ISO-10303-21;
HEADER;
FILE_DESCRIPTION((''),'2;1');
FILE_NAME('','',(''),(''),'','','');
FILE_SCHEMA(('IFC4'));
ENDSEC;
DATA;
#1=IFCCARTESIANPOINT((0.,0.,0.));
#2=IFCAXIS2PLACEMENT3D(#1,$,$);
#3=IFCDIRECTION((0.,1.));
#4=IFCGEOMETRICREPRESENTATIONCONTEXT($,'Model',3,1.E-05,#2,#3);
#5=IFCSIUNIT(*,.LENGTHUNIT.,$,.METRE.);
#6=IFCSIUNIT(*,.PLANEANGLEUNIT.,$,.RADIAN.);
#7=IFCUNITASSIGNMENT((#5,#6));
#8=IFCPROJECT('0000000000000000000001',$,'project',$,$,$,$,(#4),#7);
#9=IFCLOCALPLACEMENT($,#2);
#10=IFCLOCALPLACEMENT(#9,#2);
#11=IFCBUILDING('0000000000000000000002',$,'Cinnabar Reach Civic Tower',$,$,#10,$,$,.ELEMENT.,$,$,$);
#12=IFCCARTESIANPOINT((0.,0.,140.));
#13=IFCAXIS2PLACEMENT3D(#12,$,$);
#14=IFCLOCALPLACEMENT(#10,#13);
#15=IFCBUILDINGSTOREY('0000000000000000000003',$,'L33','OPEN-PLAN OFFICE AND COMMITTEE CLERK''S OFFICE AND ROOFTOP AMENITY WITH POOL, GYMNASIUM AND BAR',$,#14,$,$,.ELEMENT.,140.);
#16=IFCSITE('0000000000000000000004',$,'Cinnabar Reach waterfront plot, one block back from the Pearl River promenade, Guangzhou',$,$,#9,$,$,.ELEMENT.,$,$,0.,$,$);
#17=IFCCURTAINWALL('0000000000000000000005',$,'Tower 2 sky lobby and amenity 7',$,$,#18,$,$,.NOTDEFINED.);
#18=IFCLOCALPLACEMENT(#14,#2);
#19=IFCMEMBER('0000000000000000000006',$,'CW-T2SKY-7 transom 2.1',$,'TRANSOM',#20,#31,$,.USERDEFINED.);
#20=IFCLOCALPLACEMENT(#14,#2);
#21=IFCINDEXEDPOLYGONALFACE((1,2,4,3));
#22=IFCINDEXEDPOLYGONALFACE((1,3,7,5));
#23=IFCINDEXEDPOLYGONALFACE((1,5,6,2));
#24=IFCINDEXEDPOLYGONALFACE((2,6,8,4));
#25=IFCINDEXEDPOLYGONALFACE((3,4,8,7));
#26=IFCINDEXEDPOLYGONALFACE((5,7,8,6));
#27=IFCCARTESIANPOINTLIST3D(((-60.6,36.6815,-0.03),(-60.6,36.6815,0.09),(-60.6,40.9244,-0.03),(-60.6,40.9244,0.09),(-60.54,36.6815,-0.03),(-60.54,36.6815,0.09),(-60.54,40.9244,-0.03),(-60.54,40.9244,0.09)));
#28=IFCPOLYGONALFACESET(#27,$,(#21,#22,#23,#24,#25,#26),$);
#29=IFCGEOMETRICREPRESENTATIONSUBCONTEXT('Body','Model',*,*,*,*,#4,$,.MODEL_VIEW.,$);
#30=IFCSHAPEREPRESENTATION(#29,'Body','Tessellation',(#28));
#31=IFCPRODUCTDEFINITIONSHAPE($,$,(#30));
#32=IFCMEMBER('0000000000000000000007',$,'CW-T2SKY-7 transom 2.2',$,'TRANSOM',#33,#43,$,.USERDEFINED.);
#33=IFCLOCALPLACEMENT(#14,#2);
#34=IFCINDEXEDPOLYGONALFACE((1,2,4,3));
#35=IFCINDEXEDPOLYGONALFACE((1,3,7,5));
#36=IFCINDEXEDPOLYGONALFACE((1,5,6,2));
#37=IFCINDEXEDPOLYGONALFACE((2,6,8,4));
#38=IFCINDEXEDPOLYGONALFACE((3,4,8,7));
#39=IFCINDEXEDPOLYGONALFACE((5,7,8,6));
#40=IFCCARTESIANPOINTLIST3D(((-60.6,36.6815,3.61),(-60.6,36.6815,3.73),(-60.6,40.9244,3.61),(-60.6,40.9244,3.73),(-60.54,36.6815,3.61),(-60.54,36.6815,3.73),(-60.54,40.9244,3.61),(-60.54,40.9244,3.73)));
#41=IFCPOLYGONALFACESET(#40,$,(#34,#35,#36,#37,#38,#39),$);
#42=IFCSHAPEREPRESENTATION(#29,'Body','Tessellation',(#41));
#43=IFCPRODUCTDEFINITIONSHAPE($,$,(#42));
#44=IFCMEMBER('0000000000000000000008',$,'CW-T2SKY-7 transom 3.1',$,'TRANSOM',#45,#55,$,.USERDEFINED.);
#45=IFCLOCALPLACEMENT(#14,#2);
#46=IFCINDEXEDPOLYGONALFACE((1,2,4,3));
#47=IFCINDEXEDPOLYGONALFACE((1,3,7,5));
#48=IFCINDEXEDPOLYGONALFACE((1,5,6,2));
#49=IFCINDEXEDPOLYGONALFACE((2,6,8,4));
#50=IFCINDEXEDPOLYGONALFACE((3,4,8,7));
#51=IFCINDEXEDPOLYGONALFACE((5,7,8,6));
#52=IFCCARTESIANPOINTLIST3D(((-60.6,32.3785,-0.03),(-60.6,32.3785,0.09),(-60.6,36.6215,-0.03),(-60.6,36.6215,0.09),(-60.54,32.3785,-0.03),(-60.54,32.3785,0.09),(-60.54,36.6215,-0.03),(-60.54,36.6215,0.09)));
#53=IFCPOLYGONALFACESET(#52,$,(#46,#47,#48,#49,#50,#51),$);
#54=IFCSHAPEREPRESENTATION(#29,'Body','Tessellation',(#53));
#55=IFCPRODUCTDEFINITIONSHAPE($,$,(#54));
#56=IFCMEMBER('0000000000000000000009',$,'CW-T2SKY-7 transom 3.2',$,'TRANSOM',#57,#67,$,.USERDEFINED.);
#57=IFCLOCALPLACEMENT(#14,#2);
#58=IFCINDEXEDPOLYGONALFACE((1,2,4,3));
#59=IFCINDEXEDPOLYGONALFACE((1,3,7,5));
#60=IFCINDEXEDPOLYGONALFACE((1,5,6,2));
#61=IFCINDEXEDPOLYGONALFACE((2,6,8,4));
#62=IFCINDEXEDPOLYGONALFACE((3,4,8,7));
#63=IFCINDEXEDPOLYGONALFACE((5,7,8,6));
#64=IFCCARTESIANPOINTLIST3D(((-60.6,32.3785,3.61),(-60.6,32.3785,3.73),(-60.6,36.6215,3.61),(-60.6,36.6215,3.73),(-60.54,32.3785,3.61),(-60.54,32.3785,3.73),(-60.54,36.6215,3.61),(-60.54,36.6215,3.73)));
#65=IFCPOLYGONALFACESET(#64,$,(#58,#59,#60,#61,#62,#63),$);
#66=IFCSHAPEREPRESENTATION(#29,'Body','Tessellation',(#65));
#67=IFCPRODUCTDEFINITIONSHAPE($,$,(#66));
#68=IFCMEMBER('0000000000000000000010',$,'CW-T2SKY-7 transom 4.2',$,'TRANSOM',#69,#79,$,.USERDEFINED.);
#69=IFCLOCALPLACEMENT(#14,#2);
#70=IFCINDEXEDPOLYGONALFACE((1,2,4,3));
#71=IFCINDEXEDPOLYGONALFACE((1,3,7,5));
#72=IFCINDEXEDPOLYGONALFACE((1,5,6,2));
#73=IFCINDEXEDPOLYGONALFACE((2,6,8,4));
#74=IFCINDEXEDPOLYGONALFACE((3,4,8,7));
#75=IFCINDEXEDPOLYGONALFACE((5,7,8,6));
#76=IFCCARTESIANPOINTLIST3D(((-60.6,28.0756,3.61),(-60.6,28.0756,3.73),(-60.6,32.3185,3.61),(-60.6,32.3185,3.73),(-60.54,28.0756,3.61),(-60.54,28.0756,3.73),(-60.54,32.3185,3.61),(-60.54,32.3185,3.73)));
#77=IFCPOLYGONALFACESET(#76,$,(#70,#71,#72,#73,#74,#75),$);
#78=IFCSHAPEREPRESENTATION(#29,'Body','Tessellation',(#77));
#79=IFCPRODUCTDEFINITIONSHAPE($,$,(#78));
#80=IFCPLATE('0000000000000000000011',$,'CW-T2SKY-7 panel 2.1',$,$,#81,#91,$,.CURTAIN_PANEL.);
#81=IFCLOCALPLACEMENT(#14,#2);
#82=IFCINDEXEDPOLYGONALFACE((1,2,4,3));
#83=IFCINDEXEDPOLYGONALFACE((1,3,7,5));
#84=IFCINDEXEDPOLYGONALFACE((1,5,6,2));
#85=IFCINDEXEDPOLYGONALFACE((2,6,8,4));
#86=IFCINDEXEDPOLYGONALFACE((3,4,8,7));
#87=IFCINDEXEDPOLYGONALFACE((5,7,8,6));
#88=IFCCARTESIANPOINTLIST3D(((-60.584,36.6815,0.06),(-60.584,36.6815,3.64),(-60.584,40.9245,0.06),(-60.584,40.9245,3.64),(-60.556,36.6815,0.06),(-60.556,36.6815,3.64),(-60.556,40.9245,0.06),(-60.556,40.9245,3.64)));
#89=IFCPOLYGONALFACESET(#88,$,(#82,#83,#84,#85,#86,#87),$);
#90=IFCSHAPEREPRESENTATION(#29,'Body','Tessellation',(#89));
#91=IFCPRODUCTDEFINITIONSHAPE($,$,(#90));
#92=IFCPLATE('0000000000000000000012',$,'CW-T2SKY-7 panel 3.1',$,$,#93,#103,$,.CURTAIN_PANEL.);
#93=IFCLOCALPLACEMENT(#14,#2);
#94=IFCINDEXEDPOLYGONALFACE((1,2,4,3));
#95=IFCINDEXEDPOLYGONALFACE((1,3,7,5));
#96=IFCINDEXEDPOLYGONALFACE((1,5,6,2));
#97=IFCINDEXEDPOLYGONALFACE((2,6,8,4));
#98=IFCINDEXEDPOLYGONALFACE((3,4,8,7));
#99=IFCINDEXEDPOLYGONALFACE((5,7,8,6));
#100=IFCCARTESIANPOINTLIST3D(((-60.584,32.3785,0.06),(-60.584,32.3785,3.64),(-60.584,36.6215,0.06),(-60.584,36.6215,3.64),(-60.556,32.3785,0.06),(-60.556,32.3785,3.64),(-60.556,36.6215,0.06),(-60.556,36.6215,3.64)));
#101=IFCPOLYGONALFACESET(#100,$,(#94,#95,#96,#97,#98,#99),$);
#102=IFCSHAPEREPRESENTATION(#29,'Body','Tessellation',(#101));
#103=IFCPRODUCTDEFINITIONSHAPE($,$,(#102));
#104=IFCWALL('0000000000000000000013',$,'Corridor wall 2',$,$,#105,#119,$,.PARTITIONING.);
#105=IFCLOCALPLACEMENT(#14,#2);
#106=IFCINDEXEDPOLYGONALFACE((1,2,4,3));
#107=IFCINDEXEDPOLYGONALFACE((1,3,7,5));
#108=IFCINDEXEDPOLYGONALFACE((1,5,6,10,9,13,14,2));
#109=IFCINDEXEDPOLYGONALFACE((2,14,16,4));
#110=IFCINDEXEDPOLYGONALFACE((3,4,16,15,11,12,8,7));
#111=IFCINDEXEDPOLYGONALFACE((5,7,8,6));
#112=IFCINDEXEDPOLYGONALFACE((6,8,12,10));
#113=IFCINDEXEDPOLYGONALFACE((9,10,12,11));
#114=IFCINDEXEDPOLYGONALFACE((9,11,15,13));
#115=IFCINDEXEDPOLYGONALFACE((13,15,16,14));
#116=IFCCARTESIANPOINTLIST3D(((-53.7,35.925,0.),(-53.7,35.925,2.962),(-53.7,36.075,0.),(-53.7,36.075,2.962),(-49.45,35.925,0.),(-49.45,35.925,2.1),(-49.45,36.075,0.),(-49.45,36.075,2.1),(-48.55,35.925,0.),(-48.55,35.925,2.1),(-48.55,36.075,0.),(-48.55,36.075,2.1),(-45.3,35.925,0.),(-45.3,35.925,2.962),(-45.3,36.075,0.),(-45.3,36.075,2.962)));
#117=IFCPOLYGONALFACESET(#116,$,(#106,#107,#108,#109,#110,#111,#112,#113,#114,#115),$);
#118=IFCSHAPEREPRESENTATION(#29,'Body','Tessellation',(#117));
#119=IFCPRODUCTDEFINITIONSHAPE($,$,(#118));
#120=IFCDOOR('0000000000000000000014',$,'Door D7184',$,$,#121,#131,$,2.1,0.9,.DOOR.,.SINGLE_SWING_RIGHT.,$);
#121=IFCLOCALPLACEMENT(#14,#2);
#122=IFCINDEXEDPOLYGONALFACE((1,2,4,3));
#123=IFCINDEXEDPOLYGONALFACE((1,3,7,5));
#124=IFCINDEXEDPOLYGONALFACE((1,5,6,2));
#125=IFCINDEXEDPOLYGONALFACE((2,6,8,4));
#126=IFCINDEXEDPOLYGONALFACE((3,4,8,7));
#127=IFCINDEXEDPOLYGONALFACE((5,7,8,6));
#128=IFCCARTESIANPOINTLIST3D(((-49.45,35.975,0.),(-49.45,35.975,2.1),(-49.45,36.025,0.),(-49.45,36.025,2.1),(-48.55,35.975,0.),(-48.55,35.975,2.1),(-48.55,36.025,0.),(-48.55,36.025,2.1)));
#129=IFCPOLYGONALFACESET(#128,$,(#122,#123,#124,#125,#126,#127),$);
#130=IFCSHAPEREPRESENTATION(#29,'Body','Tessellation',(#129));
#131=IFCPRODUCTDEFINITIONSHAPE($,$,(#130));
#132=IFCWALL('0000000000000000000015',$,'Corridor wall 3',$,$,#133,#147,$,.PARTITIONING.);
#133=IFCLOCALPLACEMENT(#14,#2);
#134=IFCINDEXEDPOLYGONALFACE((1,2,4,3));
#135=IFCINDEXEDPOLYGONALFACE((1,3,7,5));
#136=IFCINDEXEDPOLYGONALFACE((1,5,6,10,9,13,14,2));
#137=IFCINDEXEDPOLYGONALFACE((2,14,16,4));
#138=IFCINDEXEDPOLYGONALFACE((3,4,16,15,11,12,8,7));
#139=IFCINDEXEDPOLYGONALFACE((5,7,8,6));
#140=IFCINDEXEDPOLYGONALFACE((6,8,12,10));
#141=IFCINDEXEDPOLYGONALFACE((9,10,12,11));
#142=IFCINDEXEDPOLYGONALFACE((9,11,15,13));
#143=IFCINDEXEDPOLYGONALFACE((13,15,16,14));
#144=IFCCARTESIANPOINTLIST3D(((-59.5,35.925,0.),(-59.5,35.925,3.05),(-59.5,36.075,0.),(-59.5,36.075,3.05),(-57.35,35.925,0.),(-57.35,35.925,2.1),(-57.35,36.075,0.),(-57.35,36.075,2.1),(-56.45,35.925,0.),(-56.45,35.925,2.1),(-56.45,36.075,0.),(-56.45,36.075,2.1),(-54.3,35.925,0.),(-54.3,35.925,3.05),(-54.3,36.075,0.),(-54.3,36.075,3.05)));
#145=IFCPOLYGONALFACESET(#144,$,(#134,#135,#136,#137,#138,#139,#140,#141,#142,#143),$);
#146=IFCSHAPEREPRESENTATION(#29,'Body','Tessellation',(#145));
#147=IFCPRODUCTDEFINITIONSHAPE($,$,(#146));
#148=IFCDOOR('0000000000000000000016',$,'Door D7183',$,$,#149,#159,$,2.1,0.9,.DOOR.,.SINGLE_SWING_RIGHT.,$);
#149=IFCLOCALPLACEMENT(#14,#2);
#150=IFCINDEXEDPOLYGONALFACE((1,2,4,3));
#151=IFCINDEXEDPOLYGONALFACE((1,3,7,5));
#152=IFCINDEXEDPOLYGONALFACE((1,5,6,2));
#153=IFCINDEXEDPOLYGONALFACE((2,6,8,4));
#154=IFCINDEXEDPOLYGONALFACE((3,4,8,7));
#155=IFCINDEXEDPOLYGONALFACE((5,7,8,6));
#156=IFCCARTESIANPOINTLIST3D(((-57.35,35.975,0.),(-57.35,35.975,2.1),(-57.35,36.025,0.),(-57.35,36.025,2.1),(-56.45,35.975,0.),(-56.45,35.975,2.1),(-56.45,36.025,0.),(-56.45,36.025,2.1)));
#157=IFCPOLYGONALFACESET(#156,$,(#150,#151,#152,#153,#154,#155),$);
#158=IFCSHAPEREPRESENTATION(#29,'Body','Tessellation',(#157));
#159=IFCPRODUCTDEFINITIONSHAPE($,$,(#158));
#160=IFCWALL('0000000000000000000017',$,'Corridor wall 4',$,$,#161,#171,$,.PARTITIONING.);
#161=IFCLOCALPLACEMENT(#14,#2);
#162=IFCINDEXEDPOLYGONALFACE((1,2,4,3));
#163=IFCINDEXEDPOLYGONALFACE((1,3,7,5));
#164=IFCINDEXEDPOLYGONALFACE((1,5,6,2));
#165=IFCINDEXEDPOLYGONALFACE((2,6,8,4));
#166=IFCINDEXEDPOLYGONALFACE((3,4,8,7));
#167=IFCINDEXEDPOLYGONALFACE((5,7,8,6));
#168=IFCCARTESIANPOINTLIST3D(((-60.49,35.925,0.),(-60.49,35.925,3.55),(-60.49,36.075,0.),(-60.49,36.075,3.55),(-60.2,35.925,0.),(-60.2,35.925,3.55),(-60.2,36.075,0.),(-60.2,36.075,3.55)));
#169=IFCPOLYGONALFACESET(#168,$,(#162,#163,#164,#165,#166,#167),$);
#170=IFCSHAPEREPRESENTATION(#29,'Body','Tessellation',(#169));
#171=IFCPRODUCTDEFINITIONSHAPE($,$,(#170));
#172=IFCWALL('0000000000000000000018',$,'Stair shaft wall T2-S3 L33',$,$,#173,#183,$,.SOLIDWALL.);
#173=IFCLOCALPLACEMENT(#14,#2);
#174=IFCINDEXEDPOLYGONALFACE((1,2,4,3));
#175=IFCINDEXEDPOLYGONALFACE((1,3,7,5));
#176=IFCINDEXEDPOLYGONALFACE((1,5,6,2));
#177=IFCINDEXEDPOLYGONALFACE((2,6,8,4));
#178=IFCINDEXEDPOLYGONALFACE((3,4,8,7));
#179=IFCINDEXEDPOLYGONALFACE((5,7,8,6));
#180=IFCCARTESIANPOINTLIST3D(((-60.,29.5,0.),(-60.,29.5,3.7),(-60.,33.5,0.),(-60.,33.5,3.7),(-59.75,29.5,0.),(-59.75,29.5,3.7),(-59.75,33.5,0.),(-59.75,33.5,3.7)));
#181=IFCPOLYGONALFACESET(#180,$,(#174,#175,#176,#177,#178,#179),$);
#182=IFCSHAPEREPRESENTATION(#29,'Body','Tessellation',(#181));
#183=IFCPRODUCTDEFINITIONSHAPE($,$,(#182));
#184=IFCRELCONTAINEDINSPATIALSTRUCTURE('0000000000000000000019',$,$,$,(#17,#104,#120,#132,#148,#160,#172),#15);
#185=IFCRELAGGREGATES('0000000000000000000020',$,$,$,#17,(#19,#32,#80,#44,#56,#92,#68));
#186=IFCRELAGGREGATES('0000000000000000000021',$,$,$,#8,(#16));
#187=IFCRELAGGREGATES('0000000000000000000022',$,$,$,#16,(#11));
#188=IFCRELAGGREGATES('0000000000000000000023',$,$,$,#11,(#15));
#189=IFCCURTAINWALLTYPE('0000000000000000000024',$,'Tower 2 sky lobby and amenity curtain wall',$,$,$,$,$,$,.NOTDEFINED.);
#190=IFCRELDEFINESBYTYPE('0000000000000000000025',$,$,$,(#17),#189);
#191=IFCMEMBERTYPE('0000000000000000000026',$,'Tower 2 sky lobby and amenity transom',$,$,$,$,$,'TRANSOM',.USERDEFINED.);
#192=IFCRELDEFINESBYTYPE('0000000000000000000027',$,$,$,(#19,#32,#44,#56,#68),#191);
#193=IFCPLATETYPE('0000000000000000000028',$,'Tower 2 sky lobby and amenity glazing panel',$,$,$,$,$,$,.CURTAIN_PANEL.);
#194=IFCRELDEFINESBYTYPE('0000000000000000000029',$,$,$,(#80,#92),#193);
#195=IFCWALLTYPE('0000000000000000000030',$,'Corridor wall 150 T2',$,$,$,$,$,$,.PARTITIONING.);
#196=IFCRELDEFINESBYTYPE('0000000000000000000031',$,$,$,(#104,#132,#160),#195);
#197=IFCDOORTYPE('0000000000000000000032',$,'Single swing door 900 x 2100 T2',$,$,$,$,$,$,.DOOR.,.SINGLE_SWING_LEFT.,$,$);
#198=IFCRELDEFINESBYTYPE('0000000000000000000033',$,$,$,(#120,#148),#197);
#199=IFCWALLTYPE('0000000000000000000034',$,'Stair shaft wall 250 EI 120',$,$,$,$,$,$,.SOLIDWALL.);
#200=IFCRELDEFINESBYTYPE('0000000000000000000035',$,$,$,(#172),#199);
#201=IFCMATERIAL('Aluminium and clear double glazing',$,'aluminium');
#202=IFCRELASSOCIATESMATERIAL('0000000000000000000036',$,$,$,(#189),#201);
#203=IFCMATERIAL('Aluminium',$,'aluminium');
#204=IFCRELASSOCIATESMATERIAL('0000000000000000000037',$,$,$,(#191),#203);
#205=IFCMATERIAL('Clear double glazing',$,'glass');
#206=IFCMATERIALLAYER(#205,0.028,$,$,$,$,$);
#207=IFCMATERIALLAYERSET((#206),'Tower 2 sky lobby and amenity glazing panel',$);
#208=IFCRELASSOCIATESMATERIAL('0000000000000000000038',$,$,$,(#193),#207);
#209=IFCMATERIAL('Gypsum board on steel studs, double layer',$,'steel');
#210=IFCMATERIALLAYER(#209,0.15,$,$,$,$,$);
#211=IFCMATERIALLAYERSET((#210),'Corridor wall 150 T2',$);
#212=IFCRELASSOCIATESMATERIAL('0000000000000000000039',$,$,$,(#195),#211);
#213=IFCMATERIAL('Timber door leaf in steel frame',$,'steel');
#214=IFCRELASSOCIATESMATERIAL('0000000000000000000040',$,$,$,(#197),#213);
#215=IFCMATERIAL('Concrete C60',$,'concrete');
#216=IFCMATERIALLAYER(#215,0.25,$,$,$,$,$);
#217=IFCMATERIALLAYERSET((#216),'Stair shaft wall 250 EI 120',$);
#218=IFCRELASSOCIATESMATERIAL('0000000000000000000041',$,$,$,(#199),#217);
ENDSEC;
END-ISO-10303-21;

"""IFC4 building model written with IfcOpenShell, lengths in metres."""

from ifc_helpers import new_model, si_unit, direction, frame, frame_2d, origin, origin_2d, place, context, subcontext, project, spatial, rectangle, extrude, material, layer, layer_set, material_profile, profile_set, type_object, element, fill, aggregate, save


model = new_model("IFC4")

# Units and contexts
model_context = context("Model", 3, precision=1e-05, world=origin(), true_north=direction((0.0, 1.0)))
body_context = subcontext(model_context, "Body", "Model", "MODEL_VIEW")
ifc_project = project(units=[si_unit("LENGTHUNIT", "METRE"), si_unit("PLANEANGLEUNIT", "RADIAN")], contexts=[model_context])

# Site, building, storey
site_placement = place(None, origin())
site = spatial("IfcSite", under=ifc_project, at=site_placement, Name="Cinnabar Reach waterfront plot, one block back from the Pearl River promenade, Guangzhou", CompositionType="ELEMENT", RefElevation=0.0)
building_placement = place(site_placement, origin())
building = spatial("IfcBuilding", under=site, at=building_placement, Name="Cinnabar Reach Civic Tower", CompositionType="ELEMENT")
storey_placement = place(building_placement, frame((0.0, 0.0, 140.0)))
storey = spatial("IfcBuildingStorey", under=building, at=storey_placement, Name="L33", Description="OPEN-PLAN OFFICE AND COMMITTEE CLERK'S OFFICE AND ROOFTOP AMENITY WITH POOL, GYMNASIUM AND BAR", CompositionType="ELEMENT", Elevation=140.0)

# Shared definitions
ifc_material_1 = material(Name="Concrete C60", Category="concrete")

# Curtain wall, members, plates
ifc_material_2 = material(Name="Aluminium and clear double glazing", Category="aluminium")
curtain_wall_type = type_object("IfcCurtainWallType", Name="Tower 2 sky lobby and amenity curtain wall", PredefinedType="NOTDEFINED", material=ifc_material_2)
curtain_wall_placement = place(storey_placement, origin())
curtain_wall = element("IfcCurtainWall", 1, at=curtain_wall_placement, inside=storey, type_object=curtain_wall_type, Name="Tower 2 sky lobby and amenity 7", PredefinedType="NOTDEFINED")
ifc_material_3 = material(Name="Aluminium", Category="aluminium")
ifc_material_profile_1 = material_profile(ifc_material_3, rectangle(XDim=0.06, YDim=0.12, at=origin_2d()), Name="Tower 2 sky lobby and amenity transom")
ifc_profile_set_1 = profile_set([ifc_material_profile_1], Name="Aluminium")
member_type_1 = type_object("IfcMemberType", Name="Tower 2 sky lobby and amenity transom", ElementType="TRANSOM", PredefinedType="USERDEFINED", material=ifc_profile_set_1)
member_1_placement = place(storey_placement, frame((-60.57, 40.9244, 0.03), z_axis=(0.0, -1.0, 0.0), x_axis=(1.0, 0.0, 0.0)))
member_1 = element("IfcMember", 2, at=member_1_placement, type_object=member_type_1, Name="CW-T2SKY-7 transom 2.1", ObjectType="TRANSOM", PredefinedType="USERDEFINED", context=body_context, shape_type="SweptSolid", body=[
    extrude(rectangle(XDim=0.06, YDim=0.12, at=origin_2d()), origin(), (0.0, 0.0, 1.0), 4.2429),
])
member_2_placement = place(storey_placement, frame((-60.57, 40.9244, 3.67), z_axis=(0.0, -1.0, 0.0), x_axis=(1.0, 0.0, 0.0)))
member_2 = element("IfcMember", 3, at=member_2_placement, type_object=member_type_1, Name="CW-T2SKY-7 transom 2.2", ObjectType="TRANSOM", PredefinedType="USERDEFINED", context=body_context, shape_type="SweptSolid", body=[
    extrude(rectangle(XDim=0.06, YDim=0.12, at=origin_2d()), origin(), (0.0, 0.0, 1.0), 4.2429),
])
member_3_placement = place(storey_placement, frame((-60.57, 36.6215, 0.03), z_axis=(0.0, -1.0, 0.0), x_axis=(1.0, 0.0, 0.0)))
member_3 = element("IfcMember", 4, at=member_3_placement, type_object=member_type_1, Name="CW-T2SKY-7 transom 3.1", ObjectType="TRANSOM", PredefinedType="USERDEFINED", context=body_context, shape_type="SweptSolid", body=[
    extrude(rectangle(XDim=0.06, YDim=0.12, at=origin_2d()), origin(), (0.0, 0.0, 1.0), 4.243),
])
member_4_placement = place(storey_placement, frame((-60.57, 36.6215, 3.67), z_axis=(0.0, -1.0, 0.0), x_axis=(1.0, 0.0, 0.0)))
member_4 = element("IfcMember", 5, at=member_4_placement, type_object=member_type_1, Name="CW-T2SKY-7 transom 3.2", ObjectType="TRANSOM", PredefinedType="USERDEFINED", context=body_context, shape_type="SweptSolid", body=[
    extrude(rectangle(XDim=0.06, YDim=0.12, at=origin_2d()), origin(), (0.0, 0.0, 1.0), 4.243),
])
member_5_placement = place(storey_placement, frame((-60.57, 32.3185, 3.67), z_axis=(0.0, -1.0, 0.0), x_axis=(1.0, 0.0, 0.0)))
member_5 = element("IfcMember", 6, at=member_5_placement, type_object=member_type_1, Name="CW-T2SKY-7 transom 4.2", ObjectType="TRANSOM", PredefinedType="USERDEFINED", context=body_context, shape_type="SweptSolid", body=[
    extrude(rectangle(XDim=0.06, YDim=0.12, at=origin_2d()), origin(), (0.0, 0.0, 1.0), 4.2429),
])
ifc_material_4 = material(Name="Clear double glazing", Category="glass")
ifc_layer_1 = layer(ifc_material_4, 0.028)
ifc_layer_set_1 = layer_set([ifc_layer_1], Name="Tower 2 sky lobby and amenity glazing panel")
plate_type = type_object("IfcPlateType", Name="Tower 2 sky lobby and amenity glazing panel", PredefinedType="CURTAIN_PANEL", material=ifc_layer_set_1)
plate_1_placement = place(storey_placement, frame((-60.57, 38.803, 0.06), z_axis=(0.0, 0.0, 1.0), x_axis=(0.0, -1.0, 0.0)))
plate_1 = element("IfcPlate", 7, at=plate_1_placement, type_object=plate_type, Name="CW-T2SKY-7 panel 2.1", PredefinedType="CURTAIN_PANEL", context=body_context, shape_type="SweptSolid", body=[
    extrude(rectangle(XDim=4.243, YDim=0.028, at=origin_2d()), origin(), (0.0, 0.0, 1.0), 3.58),
])
plate_2_placement = place(storey_placement, frame((-60.57, 34.5, 0.06), z_axis=(0.0, 0.0, 1.0), x_axis=(0.0, -1.0, 0.0)))
plate_2 = element("IfcPlate", 8, at=plate_2_placement, type_object=plate_type, Name="CW-T2SKY-7 panel 3.1", PredefinedType="CURTAIN_PANEL", context=body_context, shape_type="SweptSolid", body=[
    extrude(rectangle(XDim=4.243, YDim=0.028, at=origin_2d()), origin(), (0.0, 0.0, 1.0), 3.58),
])
aggregate(curtain_wall, [member_1, member_2, plate_1, member_3, member_4, plate_2, member_5])

# Walls, openings, doors
ifc_material_5 = material(Name="Gypsum board on steel studs, double layer", Category="steel")
ifc_layer_2 = layer(ifc_material_5, 0.15)
ifc_layer_set_2 = layer_set([ifc_layer_2], Name="Corridor wall 150 T2")
wall_type_1 = type_object("IfcWallType", Name="Corridor wall 150 T2", PredefinedType="PARTITIONING", material=ifc_layer_set_2)
wall_1_placement = place(storey_placement, frame((-53.7, 36.0, 0.0), z_axis=(0.0, 0.0, 1.0), x_axis=(1.0, 0.0, 0.0)))
wall_1 = element("IfcWall", 9, at=wall_1_placement, inside=storey, type_object=wall_type_1, Name="Corridor wall 2", PredefinedType="PARTITIONING", context=body_context, shape_type="SweptSolid", body=[
    extrude(rectangle(XDim=8.4, YDim=0.15, at=frame_2d((4.2, 0.0))), origin(), (0.0, 0.0, 1.0), 2.962),
])
opening_1_placement = place(wall_1_placement, frame((4.25, 0.0, 0.0)))
opening_1 = element("IfcOpeningElement", 10, at=opening_1_placement, cuts=wall_1, PredefinedType="OPENING", context=body_context, shape_type="SweptSolid", body=[
    extrude(rectangle(XDim=0.9, YDim=2.1, at=frame_2d((0.45, 1.05))), frame((0.0, 0.085, 0.0), z_axis=(0.0, -1.0, 0.0), x_axis=(1.0, 0.0, 0.0)), (0.0, 0.0, 1.0), 0.17),
])
ifc_material_6 = material(Name="Timber door leaf in steel frame", Category="steel")
door_type = type_object("IfcDoorType", Name="Single swing door 900 x 2100 T2", OperationType="SINGLE_SWING_LEFT", PredefinedType="DOOR", material=ifc_material_6)
door_1_placement = place(opening_1_placement, origin())
door_1 = element("IfcDoor", 11, at=door_1_placement, inside=storey, type_object=door_type, Name="Door D7184", OperationType="SINGLE_SWING_RIGHT", OverallHeight=2.1, OverallWidth=0.9, PredefinedType="DOOR", context=body_context, shape_type="SweptSolid", body=[
    extrude(rectangle(XDim=0.9, YDim=2.1, at=frame_2d((0.45, 1.05))), frame((0.0, 0.025, 0.0), z_axis=(0.0, -1.0, 0.0), x_axis=(1.0, 0.0, 0.0)), (0.0, 0.0, 1.0), 0.05),
])
fill(opening_1, door_1)
wall_2_placement = place(storey_placement, frame((-59.5, 36.0, 0.0), z_axis=(0.0, 0.0, 1.0), x_axis=(1.0, 0.0, 0.0)))
wall_2 = element("IfcWall", 12, at=wall_2_placement, inside=storey, type_object=wall_type_1, Name="Corridor wall 3", PredefinedType="PARTITIONING", context=body_context, shape_type="SweptSolid", body=[
    extrude(rectangle(XDim=5.2, YDim=0.15, at=frame_2d((2.6, 0.0))), origin(), (0.0, 0.0, 1.0), 3.05),
])
opening_2_placement = place(wall_2_placement, frame((2.15, 0.0, 0.0)))
opening_2 = element("IfcOpeningElement", 13, at=opening_2_placement, cuts=wall_2, PredefinedType="OPENING", context=body_context, shape_type="SweptSolid", body=[
    extrude(rectangle(XDim=0.9, YDim=2.1, at=frame_2d((0.45, 1.05))), frame((0.0, 0.085, 0.0), z_axis=(0.0, -1.0, 0.0), x_axis=(1.0, 0.0, 0.0)), (0.0, 0.0, 1.0), 0.17),
])
door_2_placement = place(opening_2_placement, origin())
door_2 = element("IfcDoor", 14, at=door_2_placement, inside=storey, type_object=door_type, Name="Door D7183", OperationType="SINGLE_SWING_RIGHT", OverallHeight=2.1, OverallWidth=0.9, PredefinedType="DOOR", context=body_context, shape_type="SweptSolid", body=[
    extrude(rectangle(XDim=0.9, YDim=2.1, at=frame_2d((0.45, 1.05))), frame((0.0, 0.025, 0.0), z_axis=(0.0, -1.0, 0.0), x_axis=(1.0, 0.0, 0.0)), (0.0, 0.0, 1.0), 0.05),
])
fill(opening_2, door_2)

# Walls
wall_3_placement = place(storey_placement, frame((-60.49, 36.0, 0.0), z_axis=(0.0, 0.0, 1.0), x_axis=(1.0, 0.0, 0.0)))
element("IfcWall", 15, at=wall_3_placement, inside=storey, type_object=wall_type_1, Name="Corridor wall 4", PredefinedType="PARTITIONING", context=body_context, shape_type="SweptSolid", body=[
    extrude(rectangle(XDim=0.29, YDim=0.15, at=frame_2d((0.145, 0.0))), origin(), (0.0, 0.0, 1.0), 3.55),
])
ifc_layer_3 = layer(ifc_material_1, 0.25)
ifc_layer_set_3 = layer_set([ifc_layer_3], Name="Stair shaft wall 250 EI 120")
wall_type_2 = type_object("IfcWallType", Name="Stair shaft wall 250 EI 120", PredefinedType="SOLIDWALL", material=ifc_layer_set_3)
wall_4_placement = place(storey_placement, frame((-59.875, 33.5, 0.0), z_axis=(0.0, 0.0, 1.0), x_axis=(0.0, -1.0, 0.0)))
element("IfcWall", 16, at=wall_4_placement, inside=storey, type_object=wall_type_2, Name="Stair shaft wall T2-S3 L33", PredefinedType="SOLIDWALL", context=body_context, shape_type="SweptSolid", body=[
    extrude(rectangle(XDim=4.0, YDim=0.25, at=frame_2d((2.0, 0.0))), origin(), (0.0, 0.0, 1.0), 3.7),
])

save(model, "model.ifc")
